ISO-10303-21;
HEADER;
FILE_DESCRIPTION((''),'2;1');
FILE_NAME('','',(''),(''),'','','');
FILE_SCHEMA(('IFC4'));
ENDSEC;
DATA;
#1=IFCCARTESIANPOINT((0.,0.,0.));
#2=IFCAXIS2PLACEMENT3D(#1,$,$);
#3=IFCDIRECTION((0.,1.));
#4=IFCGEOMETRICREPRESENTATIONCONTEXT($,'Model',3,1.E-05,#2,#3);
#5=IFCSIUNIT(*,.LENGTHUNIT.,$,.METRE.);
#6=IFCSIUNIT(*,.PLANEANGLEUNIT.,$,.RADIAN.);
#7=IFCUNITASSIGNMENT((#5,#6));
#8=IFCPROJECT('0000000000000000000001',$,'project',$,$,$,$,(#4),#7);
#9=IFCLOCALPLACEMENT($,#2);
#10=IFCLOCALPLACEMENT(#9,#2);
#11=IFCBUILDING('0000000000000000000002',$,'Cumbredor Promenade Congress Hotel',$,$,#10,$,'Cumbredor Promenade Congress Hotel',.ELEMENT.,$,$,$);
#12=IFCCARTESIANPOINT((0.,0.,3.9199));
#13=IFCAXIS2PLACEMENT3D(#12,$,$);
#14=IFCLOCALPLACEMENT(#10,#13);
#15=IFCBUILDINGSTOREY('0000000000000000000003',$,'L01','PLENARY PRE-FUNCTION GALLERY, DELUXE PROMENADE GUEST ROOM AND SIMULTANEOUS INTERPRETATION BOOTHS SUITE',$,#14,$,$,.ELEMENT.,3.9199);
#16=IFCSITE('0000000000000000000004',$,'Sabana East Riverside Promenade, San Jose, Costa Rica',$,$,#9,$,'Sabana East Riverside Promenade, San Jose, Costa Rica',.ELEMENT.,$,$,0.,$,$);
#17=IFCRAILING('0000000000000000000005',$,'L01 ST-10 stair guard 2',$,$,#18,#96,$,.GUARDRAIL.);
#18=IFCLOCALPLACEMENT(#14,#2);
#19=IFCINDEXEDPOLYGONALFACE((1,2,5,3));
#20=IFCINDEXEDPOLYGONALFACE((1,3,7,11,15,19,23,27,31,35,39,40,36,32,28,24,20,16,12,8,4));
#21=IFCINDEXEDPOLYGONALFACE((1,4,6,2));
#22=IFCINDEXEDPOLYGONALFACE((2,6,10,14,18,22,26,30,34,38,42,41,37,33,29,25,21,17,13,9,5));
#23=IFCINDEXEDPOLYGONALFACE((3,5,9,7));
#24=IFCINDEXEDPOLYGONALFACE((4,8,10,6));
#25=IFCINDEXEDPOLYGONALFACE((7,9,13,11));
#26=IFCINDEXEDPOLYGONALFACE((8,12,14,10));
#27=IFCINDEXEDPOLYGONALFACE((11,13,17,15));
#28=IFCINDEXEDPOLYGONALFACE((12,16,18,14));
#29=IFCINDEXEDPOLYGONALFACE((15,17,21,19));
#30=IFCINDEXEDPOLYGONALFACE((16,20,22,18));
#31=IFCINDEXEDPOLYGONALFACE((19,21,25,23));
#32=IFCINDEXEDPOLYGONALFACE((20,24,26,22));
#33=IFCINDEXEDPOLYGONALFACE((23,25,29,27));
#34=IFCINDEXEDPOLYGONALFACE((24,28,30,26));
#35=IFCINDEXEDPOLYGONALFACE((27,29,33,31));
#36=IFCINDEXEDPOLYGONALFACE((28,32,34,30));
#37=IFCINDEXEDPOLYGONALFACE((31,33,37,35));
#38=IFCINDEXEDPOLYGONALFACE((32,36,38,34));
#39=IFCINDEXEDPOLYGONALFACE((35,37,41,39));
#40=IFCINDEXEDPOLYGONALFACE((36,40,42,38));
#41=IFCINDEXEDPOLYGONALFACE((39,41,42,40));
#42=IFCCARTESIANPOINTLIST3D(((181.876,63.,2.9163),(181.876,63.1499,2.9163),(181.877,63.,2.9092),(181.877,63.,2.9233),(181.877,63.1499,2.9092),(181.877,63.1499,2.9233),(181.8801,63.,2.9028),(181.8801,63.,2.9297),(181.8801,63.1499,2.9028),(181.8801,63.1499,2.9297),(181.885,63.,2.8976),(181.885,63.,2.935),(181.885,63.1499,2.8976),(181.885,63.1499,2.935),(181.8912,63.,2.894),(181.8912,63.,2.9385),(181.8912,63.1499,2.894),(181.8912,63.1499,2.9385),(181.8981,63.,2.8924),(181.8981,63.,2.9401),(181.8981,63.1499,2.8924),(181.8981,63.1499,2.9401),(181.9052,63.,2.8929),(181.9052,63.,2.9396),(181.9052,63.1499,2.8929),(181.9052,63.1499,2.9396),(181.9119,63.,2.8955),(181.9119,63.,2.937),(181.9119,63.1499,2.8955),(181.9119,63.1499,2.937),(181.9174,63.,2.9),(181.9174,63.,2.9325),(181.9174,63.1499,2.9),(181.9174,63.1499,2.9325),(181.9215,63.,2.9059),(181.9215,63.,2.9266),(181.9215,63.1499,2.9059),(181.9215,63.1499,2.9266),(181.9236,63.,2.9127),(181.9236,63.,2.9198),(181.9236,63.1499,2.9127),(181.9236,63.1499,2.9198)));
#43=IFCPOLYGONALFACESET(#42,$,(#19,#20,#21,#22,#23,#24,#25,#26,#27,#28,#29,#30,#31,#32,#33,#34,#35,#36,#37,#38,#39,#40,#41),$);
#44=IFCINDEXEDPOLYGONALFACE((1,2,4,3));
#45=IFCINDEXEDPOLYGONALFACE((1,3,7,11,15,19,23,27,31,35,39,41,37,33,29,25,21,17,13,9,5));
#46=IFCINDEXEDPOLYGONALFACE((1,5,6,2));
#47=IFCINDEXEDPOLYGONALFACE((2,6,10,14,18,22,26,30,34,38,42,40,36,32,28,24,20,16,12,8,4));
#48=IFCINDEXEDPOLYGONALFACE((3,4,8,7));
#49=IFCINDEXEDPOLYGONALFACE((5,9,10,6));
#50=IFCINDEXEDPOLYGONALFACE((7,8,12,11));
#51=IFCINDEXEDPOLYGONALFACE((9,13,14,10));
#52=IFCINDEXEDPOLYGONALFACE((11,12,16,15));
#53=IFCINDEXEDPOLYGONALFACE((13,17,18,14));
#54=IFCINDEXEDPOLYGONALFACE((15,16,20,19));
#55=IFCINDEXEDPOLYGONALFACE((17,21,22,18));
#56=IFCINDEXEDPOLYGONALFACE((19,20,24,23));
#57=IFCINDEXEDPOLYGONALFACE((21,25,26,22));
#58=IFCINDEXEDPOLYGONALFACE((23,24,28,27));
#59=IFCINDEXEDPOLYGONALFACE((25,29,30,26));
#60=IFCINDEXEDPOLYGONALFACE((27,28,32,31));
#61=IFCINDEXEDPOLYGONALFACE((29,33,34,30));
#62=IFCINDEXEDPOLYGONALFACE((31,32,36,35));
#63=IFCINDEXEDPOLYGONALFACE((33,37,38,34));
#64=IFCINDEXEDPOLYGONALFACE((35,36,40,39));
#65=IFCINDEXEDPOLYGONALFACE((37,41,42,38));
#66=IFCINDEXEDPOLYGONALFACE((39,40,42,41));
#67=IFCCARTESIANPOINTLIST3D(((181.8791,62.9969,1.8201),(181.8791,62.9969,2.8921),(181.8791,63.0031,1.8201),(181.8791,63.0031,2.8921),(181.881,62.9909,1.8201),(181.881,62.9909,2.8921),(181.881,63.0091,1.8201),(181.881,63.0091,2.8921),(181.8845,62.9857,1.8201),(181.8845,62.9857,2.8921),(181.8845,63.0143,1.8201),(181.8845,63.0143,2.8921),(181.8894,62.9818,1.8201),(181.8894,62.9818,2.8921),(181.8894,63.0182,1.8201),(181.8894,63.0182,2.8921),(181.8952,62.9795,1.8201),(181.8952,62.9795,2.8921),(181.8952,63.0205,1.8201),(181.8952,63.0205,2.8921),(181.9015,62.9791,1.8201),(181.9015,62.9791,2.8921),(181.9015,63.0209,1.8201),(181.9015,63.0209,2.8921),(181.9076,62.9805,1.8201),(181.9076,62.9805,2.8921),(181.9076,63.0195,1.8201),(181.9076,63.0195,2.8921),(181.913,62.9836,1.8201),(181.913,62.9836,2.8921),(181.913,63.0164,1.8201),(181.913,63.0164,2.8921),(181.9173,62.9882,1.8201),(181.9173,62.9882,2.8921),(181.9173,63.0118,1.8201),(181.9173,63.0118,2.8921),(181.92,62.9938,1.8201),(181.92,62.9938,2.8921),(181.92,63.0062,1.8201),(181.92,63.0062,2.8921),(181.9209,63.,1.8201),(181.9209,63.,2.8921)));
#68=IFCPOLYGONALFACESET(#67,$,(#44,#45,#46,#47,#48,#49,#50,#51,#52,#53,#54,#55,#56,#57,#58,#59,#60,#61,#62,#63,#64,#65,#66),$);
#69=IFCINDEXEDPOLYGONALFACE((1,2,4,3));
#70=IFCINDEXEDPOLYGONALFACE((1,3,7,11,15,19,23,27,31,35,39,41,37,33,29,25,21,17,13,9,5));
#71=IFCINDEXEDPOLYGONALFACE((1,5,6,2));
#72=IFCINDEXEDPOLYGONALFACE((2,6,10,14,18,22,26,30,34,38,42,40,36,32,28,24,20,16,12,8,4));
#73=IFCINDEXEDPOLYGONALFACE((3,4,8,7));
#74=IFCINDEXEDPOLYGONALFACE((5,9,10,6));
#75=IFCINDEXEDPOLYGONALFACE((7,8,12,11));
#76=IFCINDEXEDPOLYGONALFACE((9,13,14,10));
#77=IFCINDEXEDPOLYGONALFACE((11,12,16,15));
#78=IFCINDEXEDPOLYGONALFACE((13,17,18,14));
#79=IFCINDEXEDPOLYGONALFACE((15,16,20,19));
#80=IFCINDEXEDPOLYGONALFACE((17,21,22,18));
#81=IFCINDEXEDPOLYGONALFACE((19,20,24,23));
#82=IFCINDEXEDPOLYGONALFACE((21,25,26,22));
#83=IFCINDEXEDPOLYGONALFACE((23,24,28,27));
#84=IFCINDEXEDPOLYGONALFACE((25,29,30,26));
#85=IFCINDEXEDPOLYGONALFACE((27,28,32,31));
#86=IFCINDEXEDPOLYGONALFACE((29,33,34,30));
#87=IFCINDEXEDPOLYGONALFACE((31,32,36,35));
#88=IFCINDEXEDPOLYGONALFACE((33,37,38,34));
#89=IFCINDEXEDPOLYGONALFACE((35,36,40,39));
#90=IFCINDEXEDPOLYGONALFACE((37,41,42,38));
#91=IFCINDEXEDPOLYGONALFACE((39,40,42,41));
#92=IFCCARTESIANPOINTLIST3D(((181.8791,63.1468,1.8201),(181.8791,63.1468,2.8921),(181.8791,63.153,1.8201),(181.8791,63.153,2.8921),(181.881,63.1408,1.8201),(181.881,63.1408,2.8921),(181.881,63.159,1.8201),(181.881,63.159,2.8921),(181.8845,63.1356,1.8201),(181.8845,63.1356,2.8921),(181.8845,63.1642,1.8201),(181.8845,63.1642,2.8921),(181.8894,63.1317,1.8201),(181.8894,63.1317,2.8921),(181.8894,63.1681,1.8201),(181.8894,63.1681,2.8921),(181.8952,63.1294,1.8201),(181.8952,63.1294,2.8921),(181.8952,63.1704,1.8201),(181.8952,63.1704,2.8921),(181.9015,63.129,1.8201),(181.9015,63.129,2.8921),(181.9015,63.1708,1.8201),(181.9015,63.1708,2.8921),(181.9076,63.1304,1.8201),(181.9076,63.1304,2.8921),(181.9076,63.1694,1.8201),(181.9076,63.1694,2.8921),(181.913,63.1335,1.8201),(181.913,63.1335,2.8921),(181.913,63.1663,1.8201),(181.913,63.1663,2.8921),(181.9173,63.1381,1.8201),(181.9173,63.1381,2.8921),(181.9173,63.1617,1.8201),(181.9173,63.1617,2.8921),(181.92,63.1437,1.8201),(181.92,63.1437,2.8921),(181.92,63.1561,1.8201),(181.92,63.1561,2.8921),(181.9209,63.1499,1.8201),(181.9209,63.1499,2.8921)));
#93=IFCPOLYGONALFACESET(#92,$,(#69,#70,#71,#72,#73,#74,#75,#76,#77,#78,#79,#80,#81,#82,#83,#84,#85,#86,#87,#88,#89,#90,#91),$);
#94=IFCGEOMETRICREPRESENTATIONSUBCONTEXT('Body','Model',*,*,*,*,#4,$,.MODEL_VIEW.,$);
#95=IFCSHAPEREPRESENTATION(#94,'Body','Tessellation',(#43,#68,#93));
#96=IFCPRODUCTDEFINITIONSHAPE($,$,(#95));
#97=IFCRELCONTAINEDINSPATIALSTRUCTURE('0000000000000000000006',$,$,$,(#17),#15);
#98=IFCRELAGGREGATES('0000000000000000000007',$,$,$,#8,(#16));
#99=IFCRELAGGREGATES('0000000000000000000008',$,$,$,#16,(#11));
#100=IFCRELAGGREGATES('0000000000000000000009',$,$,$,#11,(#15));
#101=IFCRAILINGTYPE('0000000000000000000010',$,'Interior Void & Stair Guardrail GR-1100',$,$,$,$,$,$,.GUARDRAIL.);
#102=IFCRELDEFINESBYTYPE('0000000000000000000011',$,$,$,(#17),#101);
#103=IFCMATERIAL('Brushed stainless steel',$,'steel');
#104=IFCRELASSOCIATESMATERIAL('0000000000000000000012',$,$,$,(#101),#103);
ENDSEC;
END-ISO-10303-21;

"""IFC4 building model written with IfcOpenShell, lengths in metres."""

from ifc_helpers import new_model, si_unit, direction, frame, origin, origin_2d, place, context, subcontext, project, spatial, circle, extrude, material, type_object, element, save


model = new_model("IFC4")

# Units and contexts
model_context = context("Model", 3, precision=1e-05, world=origin(), true_north=direction((0.0, 1.0)))
body_context = subcontext(model_context, "Body", "Model", "MODEL_VIEW")
ifc_project = project(units=[si_unit("LENGTHUNIT", "METRE"), si_unit("PLANEANGLEUNIT", "RADIAN")], contexts=[model_context])

# Site, building, storey
site_placement = place(None, origin())
site = spatial("IfcSite", under=ifc_project, at=site_placement, Name="Sabana East Riverside Promenade, San Jose, Costa Rica", LongName="Sabana East Riverside Promenade, San Jose, Costa Rica", CompositionType="ELEMENT", RefElevation=0.0)
building_placement = place(site_placement, origin())
building = spatial("IfcBuilding", under=site, at=building_placement, Name="Cumbredor Promenade Congress Hotel", LongName="Cumbredor Promenade Congress Hotel", CompositionType="ELEMENT")
storey_placement = place(building_placement, frame((0.0, 0.0, 3.9199)))
storey = spatial("IfcBuildingStorey", under=building, at=storey_placement, Name="L01", Description="PLENARY PRE-FUNCTION GALLERY, DELUXE PROMENADE GUEST ROOM AND SIMULTANEOUS INTERPRETATION BOOTHS SUITE", CompositionType="ELEMENT", Elevation=3.9199)

# Railing
ifc_material_1 = material(Name="Brushed stainless steel", Category="steel")
railing_type_1 = type_object("IfcRailingType", Name="Interior Void & Stair Guardrail GR-1100", PredefinedType="GUARDRAIL", material=ifc_material_1)
railing_1_placement = place(storey_placement, frame((181.8999, 63.0, 1.8201)))
element("IfcRailing", 1, at=railing_1_placement, inside=storey, type_object=railing_type_1, Name="L01 ST-10 stair guard 2", PredefinedType="GUARDRAIL", context=body_context, shape_type="SweptSolid", body=[
    extrude(circle(Radius=0.0239, at=origin_2d()), frame((0.0, 0.0, 1.0962), z_axis=(0.0, 1.0, 0.0), x_axis=(-1.0, 0.0, 0.0)), (0.0, 0.0, 1.0), 0.1499),
    extrude(circle(Radius=0.021, at=origin_2d()), origin(), (0.0, 0.0, 1.0), 1.072),
    extrude(circle(Radius=0.021, at=origin_2d()), frame((0.0, 0.1499, 0.0)), (0.0, 0.0, 1.0), 1.072),
])

save(model, "model.ifc")
